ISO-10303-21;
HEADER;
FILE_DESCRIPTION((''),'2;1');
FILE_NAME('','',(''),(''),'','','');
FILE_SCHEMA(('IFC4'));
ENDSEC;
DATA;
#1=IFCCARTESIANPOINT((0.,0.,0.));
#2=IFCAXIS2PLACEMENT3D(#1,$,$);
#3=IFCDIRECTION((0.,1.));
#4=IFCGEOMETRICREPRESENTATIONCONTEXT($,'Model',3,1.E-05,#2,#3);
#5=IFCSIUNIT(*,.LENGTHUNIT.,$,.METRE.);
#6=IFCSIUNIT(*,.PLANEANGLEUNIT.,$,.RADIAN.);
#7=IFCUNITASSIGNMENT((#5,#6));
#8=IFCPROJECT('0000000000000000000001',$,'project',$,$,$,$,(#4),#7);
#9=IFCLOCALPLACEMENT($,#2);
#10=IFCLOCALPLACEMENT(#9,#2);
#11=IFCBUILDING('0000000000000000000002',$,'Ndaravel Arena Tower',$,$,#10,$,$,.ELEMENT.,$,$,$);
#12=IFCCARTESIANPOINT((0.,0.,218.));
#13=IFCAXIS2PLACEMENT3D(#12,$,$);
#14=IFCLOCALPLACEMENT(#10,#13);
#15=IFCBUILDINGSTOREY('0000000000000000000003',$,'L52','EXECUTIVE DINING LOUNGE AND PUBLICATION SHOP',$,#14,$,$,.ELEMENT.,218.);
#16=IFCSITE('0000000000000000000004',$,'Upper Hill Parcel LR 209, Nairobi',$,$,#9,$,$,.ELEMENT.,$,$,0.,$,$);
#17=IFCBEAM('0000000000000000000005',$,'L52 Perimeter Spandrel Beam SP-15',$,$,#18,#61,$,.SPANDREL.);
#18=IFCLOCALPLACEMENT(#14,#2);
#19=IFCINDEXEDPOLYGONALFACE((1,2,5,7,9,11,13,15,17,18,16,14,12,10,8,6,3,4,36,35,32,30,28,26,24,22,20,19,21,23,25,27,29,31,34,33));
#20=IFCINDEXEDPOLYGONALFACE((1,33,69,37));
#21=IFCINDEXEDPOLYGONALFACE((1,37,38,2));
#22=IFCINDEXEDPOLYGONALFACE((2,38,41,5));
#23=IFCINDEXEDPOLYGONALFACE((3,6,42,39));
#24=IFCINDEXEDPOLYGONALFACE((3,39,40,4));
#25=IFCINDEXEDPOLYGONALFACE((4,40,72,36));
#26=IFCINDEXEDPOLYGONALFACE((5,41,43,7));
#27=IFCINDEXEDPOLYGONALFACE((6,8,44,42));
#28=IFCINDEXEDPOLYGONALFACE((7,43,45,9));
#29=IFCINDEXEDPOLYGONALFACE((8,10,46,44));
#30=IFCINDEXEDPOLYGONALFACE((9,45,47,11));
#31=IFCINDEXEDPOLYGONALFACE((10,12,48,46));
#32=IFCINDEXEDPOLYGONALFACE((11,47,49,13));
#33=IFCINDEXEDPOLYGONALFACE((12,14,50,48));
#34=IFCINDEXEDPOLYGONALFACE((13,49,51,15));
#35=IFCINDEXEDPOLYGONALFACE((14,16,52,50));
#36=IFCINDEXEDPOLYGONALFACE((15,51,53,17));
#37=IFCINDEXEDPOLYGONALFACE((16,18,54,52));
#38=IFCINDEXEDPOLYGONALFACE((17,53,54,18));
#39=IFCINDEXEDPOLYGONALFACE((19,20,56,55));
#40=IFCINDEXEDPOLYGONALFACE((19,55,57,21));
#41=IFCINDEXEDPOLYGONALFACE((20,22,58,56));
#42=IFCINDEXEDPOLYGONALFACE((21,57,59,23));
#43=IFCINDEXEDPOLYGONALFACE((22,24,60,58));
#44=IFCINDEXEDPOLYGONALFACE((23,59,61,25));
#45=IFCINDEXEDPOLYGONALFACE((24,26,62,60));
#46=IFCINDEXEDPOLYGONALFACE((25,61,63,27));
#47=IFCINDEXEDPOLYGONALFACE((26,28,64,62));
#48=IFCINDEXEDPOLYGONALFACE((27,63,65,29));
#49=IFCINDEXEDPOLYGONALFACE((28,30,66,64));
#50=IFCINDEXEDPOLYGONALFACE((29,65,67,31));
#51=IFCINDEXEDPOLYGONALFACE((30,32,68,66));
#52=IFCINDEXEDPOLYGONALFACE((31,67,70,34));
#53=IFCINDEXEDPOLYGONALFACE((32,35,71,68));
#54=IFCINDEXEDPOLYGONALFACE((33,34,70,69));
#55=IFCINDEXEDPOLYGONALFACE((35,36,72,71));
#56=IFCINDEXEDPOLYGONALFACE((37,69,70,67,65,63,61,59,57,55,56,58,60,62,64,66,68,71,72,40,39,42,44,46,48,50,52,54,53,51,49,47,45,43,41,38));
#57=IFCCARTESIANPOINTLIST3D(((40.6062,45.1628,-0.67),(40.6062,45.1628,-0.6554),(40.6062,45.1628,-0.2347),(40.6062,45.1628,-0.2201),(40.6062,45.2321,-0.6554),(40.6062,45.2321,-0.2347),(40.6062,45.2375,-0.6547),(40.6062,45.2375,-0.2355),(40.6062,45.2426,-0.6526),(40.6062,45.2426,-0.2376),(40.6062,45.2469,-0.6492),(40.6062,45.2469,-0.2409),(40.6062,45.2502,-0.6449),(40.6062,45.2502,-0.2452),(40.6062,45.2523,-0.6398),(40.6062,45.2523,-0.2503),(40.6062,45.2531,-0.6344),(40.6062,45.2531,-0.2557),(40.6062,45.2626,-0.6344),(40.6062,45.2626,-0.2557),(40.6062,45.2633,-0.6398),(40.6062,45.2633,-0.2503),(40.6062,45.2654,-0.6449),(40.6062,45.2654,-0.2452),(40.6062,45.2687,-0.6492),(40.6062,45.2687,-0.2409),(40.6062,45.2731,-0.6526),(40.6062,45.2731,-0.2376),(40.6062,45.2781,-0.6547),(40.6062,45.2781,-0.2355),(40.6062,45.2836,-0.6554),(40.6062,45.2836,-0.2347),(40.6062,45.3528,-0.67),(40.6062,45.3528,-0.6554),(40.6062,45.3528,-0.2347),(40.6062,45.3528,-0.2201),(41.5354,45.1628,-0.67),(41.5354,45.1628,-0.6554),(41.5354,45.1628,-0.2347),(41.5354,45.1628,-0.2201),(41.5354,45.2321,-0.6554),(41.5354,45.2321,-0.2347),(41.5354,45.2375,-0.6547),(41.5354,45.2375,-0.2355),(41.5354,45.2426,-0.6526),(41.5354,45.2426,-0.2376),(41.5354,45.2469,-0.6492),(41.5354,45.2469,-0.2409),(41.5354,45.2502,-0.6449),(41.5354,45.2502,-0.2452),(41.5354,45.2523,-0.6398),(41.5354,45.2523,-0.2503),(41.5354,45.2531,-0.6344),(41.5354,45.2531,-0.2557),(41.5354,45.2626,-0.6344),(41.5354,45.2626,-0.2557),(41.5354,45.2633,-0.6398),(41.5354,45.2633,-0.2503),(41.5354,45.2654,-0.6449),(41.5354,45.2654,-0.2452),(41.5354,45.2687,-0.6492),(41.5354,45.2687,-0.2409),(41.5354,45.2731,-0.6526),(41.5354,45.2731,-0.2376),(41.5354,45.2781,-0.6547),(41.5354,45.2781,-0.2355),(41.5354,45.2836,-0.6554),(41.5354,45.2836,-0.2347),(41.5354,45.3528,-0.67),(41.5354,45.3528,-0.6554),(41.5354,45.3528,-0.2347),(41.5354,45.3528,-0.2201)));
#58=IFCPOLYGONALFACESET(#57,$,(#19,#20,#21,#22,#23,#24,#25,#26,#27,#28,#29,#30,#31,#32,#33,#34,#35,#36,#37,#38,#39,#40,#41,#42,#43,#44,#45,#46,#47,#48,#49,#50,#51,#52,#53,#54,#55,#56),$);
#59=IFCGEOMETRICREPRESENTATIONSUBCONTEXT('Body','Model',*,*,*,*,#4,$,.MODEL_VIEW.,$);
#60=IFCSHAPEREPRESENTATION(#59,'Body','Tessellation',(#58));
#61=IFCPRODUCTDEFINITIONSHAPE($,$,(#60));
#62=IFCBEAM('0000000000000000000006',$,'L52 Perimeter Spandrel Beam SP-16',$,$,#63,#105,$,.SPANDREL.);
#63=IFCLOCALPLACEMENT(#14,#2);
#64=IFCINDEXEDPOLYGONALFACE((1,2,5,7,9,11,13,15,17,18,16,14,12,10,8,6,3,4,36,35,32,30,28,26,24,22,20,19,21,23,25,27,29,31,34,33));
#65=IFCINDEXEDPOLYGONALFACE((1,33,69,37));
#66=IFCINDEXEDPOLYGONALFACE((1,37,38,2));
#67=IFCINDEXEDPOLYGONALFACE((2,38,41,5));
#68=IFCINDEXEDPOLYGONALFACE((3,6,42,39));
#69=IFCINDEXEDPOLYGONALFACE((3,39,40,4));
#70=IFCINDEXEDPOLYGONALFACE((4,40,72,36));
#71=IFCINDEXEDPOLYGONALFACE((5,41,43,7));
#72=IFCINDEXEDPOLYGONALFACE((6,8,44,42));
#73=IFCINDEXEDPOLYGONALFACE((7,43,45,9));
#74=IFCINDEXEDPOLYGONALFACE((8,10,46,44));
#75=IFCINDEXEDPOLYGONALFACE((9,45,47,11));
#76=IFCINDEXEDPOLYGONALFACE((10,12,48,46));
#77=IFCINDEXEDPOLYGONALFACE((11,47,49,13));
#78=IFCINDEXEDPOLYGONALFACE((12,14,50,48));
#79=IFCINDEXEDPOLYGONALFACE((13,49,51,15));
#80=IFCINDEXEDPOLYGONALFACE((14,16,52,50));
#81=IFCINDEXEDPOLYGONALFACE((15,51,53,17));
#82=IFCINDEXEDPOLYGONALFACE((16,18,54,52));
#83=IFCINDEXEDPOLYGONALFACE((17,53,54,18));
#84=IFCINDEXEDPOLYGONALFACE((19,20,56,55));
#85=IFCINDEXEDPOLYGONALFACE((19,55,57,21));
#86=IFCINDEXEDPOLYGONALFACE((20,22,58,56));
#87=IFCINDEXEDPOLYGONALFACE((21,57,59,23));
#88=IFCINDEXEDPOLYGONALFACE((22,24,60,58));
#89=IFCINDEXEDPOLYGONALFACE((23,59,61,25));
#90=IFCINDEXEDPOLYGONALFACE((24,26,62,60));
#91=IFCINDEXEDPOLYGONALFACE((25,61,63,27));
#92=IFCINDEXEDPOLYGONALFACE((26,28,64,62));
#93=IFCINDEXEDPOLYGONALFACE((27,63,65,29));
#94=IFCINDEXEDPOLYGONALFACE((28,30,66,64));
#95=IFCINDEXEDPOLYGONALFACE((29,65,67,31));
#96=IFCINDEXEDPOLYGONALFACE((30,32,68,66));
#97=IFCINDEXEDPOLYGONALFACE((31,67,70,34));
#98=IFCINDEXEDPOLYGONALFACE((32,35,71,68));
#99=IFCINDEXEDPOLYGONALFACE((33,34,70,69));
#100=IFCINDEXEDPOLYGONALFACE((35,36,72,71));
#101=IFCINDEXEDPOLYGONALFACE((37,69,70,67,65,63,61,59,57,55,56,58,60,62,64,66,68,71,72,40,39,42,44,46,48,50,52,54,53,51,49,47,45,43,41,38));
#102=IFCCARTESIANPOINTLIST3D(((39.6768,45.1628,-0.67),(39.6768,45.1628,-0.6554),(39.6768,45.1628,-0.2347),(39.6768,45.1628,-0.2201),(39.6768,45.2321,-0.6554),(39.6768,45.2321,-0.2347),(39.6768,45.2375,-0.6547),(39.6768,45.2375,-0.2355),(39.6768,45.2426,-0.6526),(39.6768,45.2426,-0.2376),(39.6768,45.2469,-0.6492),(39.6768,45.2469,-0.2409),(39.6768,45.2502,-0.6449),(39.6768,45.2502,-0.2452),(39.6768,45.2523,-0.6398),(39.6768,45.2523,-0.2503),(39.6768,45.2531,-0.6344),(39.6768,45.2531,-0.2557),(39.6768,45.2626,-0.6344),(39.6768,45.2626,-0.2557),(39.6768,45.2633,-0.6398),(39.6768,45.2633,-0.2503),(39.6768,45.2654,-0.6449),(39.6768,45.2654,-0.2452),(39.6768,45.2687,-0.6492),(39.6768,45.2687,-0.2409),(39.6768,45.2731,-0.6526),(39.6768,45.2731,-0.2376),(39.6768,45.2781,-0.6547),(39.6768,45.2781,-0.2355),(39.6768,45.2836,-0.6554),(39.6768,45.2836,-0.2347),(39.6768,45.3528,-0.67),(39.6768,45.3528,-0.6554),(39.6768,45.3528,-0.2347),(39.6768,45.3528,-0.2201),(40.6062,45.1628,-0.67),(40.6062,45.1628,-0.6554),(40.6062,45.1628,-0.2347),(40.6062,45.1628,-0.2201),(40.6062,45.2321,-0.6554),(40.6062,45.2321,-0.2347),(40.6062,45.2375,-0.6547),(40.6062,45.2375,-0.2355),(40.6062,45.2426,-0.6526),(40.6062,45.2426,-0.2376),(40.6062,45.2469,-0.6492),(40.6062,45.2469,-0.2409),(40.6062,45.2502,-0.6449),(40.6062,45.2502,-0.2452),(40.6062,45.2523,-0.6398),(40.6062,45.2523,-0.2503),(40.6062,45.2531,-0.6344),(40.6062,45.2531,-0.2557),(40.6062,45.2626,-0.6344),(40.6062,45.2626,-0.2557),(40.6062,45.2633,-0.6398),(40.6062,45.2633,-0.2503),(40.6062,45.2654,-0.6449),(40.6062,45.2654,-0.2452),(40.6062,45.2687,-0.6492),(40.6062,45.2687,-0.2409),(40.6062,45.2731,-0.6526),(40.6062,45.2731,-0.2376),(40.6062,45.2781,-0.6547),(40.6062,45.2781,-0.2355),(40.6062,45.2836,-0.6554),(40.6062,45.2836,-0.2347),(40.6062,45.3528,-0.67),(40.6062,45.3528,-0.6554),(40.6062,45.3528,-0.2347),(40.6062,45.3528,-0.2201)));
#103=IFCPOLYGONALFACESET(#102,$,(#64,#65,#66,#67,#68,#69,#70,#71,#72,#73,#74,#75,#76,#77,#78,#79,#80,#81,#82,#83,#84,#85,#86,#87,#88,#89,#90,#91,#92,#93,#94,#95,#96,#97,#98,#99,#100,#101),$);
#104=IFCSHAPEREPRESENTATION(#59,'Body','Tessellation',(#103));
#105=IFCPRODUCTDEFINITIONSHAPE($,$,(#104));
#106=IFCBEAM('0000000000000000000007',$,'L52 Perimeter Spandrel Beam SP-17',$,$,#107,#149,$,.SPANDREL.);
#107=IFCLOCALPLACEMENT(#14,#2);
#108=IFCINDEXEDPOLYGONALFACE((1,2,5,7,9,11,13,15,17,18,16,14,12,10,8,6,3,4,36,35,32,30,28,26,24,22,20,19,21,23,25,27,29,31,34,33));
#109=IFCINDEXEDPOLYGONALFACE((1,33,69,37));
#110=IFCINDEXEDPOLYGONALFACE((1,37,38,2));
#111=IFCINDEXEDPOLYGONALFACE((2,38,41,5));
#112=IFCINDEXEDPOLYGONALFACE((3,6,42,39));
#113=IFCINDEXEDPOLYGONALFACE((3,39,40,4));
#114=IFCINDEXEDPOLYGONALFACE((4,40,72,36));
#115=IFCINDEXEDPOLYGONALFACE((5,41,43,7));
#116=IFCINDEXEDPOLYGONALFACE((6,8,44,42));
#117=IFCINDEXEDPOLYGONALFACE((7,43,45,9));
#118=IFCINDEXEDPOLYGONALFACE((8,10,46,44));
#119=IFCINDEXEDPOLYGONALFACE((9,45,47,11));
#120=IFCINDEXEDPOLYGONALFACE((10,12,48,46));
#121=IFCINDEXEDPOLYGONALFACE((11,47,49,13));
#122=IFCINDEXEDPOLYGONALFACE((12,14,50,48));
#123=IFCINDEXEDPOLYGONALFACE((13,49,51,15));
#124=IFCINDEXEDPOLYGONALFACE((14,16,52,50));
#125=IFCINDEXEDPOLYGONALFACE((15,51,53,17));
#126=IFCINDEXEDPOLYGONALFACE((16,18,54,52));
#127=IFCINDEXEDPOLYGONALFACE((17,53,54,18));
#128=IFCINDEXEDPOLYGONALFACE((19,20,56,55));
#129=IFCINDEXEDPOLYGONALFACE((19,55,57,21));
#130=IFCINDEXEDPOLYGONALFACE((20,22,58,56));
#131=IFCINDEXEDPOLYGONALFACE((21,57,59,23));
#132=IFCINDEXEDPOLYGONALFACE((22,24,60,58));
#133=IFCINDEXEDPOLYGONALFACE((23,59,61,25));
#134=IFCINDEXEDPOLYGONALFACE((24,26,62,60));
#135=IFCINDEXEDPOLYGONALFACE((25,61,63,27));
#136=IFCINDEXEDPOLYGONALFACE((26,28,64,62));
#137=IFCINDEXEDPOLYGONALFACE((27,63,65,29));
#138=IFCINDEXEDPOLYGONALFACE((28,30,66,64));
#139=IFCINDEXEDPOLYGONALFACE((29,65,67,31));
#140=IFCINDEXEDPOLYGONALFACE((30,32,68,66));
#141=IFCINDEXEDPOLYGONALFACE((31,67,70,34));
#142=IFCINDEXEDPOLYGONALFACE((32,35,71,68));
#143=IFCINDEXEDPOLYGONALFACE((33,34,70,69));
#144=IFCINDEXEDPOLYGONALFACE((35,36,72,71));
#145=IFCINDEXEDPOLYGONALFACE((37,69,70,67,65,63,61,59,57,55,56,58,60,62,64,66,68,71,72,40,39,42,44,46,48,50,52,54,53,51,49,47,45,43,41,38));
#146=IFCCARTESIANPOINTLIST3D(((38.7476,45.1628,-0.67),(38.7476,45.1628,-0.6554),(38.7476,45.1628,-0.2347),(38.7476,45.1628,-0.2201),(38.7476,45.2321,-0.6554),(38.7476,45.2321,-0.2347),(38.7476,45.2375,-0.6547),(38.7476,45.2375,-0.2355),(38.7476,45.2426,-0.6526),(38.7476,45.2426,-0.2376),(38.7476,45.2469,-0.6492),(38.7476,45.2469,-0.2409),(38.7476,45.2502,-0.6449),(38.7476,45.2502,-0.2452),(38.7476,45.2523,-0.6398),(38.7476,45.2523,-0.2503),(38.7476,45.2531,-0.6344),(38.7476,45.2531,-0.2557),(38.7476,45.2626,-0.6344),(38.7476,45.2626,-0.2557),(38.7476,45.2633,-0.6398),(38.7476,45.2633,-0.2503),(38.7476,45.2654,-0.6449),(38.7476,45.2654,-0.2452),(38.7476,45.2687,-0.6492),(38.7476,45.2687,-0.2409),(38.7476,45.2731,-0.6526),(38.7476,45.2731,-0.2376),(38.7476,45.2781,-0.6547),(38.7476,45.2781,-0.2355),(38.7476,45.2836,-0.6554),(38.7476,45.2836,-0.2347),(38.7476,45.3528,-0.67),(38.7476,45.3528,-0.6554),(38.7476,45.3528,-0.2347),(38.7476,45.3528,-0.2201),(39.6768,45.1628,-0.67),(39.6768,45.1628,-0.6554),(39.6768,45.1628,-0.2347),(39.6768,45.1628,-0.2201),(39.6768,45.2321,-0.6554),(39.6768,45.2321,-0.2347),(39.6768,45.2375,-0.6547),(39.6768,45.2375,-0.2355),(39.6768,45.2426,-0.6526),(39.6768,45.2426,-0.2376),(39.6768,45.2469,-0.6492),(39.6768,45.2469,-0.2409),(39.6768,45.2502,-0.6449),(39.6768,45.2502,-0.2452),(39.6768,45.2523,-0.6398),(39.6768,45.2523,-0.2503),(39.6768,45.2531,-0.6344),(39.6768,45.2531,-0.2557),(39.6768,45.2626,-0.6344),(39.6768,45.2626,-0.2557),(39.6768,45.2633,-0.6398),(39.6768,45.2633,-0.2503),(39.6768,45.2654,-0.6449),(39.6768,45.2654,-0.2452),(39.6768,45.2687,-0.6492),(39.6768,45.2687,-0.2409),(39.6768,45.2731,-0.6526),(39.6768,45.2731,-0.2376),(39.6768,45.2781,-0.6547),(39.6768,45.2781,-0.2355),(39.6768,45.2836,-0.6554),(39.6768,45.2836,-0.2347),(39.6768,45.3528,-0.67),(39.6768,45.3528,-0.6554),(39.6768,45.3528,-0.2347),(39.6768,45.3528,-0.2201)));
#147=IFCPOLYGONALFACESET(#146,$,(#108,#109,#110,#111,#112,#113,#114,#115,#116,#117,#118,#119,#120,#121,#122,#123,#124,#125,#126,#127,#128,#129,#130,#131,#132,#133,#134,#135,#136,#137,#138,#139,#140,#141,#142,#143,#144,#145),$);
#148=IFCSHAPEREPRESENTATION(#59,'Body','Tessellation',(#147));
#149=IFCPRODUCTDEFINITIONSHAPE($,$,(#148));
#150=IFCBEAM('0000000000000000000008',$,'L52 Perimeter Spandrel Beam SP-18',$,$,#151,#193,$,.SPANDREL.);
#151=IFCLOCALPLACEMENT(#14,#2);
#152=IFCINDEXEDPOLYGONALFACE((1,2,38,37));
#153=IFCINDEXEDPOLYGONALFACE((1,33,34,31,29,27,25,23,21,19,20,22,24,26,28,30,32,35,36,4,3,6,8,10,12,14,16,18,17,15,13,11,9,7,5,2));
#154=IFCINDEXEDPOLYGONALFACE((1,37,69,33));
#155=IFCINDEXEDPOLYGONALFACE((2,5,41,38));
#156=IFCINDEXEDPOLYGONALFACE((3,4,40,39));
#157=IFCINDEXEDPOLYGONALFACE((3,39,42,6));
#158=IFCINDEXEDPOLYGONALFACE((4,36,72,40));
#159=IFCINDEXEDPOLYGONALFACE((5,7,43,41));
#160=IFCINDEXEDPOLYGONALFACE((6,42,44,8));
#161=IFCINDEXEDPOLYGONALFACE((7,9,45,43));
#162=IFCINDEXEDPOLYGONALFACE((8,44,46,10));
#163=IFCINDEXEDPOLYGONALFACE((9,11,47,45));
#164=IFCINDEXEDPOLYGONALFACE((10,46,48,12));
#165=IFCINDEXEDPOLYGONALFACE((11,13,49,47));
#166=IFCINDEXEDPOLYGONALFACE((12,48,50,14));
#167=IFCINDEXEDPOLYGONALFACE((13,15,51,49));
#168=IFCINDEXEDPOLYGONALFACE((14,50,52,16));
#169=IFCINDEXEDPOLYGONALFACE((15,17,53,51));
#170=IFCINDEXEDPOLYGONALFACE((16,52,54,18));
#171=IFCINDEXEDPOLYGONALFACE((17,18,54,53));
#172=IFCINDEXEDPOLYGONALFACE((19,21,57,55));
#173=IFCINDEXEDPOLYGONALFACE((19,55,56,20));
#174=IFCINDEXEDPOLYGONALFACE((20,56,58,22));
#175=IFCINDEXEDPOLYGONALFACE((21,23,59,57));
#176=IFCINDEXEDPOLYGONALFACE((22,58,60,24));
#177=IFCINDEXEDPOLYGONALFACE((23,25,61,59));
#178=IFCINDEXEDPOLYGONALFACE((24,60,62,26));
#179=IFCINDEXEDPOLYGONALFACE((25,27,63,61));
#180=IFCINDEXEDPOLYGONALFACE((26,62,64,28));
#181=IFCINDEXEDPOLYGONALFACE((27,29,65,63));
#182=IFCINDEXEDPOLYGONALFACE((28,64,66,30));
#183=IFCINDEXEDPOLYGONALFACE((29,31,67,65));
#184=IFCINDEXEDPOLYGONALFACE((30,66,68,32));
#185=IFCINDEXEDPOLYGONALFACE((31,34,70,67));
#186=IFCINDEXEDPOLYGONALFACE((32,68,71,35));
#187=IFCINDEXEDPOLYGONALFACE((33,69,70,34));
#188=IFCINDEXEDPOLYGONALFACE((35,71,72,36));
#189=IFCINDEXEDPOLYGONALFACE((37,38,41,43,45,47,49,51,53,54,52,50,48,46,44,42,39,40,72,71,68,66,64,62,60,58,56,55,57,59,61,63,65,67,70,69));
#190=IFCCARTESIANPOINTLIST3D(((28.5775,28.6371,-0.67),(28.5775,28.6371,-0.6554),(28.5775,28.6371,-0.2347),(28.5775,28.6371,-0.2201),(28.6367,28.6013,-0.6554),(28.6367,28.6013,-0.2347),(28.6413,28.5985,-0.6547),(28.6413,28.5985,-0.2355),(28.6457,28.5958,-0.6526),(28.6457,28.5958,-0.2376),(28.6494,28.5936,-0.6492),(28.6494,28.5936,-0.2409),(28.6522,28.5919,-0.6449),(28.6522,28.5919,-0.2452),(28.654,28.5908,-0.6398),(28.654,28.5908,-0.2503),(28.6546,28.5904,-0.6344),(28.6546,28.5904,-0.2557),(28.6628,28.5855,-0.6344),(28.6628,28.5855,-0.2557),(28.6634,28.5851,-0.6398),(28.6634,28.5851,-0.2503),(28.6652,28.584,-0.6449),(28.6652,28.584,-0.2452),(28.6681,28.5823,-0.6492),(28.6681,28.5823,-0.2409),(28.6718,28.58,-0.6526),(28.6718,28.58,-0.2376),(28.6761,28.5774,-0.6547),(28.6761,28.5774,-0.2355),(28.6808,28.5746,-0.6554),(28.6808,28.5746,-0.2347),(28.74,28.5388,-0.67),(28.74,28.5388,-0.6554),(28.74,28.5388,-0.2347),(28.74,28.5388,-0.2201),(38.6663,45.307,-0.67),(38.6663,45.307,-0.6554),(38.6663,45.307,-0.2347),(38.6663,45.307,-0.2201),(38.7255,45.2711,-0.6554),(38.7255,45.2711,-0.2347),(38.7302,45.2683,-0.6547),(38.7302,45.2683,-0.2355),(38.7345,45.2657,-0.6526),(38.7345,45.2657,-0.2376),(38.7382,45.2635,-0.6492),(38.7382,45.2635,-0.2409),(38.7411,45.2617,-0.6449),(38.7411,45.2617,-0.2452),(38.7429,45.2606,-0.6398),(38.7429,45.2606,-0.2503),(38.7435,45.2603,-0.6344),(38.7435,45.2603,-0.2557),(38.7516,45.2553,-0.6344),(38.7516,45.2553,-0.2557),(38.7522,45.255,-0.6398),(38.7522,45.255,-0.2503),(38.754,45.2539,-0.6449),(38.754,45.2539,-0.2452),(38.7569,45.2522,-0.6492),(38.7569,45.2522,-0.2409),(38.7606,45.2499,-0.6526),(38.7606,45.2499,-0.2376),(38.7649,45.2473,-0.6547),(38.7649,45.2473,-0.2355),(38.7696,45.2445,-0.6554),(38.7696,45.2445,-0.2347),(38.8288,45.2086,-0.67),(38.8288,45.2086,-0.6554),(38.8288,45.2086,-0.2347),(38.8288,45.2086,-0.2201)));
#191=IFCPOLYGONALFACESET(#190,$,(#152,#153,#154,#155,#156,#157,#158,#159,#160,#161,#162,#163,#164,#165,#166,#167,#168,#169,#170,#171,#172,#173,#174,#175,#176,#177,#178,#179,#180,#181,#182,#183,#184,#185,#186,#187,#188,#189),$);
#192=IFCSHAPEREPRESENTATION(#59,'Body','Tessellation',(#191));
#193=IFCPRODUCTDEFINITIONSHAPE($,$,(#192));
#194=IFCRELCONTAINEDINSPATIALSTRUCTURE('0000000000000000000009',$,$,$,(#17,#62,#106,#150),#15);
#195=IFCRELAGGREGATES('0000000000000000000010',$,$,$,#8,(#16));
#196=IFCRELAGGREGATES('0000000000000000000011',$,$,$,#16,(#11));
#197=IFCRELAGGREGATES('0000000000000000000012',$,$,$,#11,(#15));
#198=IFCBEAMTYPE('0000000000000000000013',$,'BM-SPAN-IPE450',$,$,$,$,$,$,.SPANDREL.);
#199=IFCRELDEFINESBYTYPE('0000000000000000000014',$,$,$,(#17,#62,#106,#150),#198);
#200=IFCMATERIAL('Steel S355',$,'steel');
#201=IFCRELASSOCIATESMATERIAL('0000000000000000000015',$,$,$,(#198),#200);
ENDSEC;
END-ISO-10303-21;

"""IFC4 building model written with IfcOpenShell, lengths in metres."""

from ifc_helpers import new_model, si_unit, direction, frame, origin, origin_2d, place, context, subcontext, project, spatial, i_section, extrude, material, material_profile, profile_set, type_object, element, save


model = new_model("IFC4")

# Units and contexts
model_context = context("Model", 3, precision=1e-05, world=origin(), true_north=direction((0.0, 1.0)))
body_context = subcontext(model_context, "Body", "Model", "MODEL_VIEW")
ifc_project = project(units=[si_unit("LENGTHUNIT", "METRE"), si_unit("PLANEANGLEUNIT", "RADIAN")], contexts=[model_context])

# Site, building, storey
site_placement = place(None, origin())
site = spatial("IfcSite", under=ifc_project, at=site_placement, Name="Upper Hill Parcel LR 209, Nairobi", CompositionType="ELEMENT", RefElevation=0.0)
building_placement = place(site_placement, origin())
building = spatial("IfcBuilding", under=site, at=building_placement, Name="Ndaravel Arena Tower", CompositionType="ELEMENT")
storey_placement = place(building_placement, frame((0.0, 0.0, 218.0)))
storey = spatial("IfcBuildingStorey", under=building, at=storey_placement, Name="L52", Description="EXECUTIVE DINING LOUNGE AND PUBLICATION SHOP", CompositionType="ELEMENT", Elevation=218.0)

# Beams
ifc_material_1 = material(Name="Steel S355", Category="steel")
ifc_material_profile_1 = material_profile(ifc_material_1, i_section(OverallWidth=0.1899, OverallDepth=0.45, WebThickness=0.0095, FlangeThickness=0.0146, FilletRadius=0.021, at=origin_2d()), Name="IPE 450")
ifc_profile_set_1 = profile_set([ifc_material_profile_1], Name="Steel S355")
beam_type_1 = type_object("IfcBeamType", Name="BM-SPAN-IPE450", PredefinedType="SPANDREL", material=ifc_profile_set_1)
beam_1_placement = place(storey_placement, frame((41.5354, 45.2578, -0.4451), z_axis=(-1.0, 0.0, 0.0), x_axis=(0.0, -1.0, 0.0)))
element("IfcBeam", 1, at=beam_1_placement, inside=storey, type_object=beam_type_1, Name="L52 Perimeter Spandrel Beam SP-15", PredefinedType="SPANDREL", context=body_context, shape_type="SweptSolid", body=[
    extrude(i_section(OverallWidth=0.1899, OverallDepth=0.45, WebThickness=0.0095, FlangeThickness=0.0146, FilletRadius=0.021, at=origin_2d()), origin(), (0.0, 0.0, 1.0), 0.9292),
])
beam_2_placement = place(storey_placement, frame((40.6062, 45.2578, -0.4451), z_axis=(-1.0, 0.0, 0.0), x_axis=(0.0, -1.0, 0.0)))
element("IfcBeam", 2, at=beam_2_placement, inside=storey, type_object=beam_type_1, Name="L52 Perimeter Spandrel Beam SP-16", PredefinedType="SPANDREL", context=body_context, shape_type="SweptSolid", body=[
    extrude(i_section(OverallWidth=0.1899, OverallDepth=0.45, WebThickness=0.0095, FlangeThickness=0.0146, FilletRadius=0.021, at=origin_2d()), origin(), (0.0, 0.0, 1.0), 0.9294),
])
beam_3_placement = place(storey_placement, frame((39.6768, 45.2578, -0.4451), z_axis=(-1.0, 0.0, 0.0), x_axis=(0.0, -1.0, 0.0)))
element("IfcBeam", 3, at=beam_3_placement, inside=storey, type_object=beam_type_1, Name="L52 Perimeter Spandrel Beam SP-17", PredefinedType="SPANDREL", context=body_context, shape_type="SweptSolid", body=[
    extrude(i_section(OverallWidth=0.1899, OverallDepth=0.45, WebThickness=0.0095, FlangeThickness=0.0146, FilletRadius=0.021, at=origin_2d()), origin(), (0.0, 0.0, 1.0), 0.9292),
])
for number, where, z_axis, x_axis, name in (
    (4, (38.7476, 45.2578, -0.4451), (-0.517772, -0.855519, 0.0), (0.855519, -0.517772, 0.0), "L52 Perimeter Spandrel Beam SP-18"),
):
    element("IfcBeam", number, at=place(storey_placement, frame(where, z_axis=z_axis, x_axis=x_axis)), inside=storey, type_object=beam_type_1, Name=name, PredefinedType="SPANDREL", context=body_context, shape_type="SweptSolid", body=[
        extrude(i_section(OverallWidth=0.1899, OverallDepth=0.45, WebThickness=0.0095, FlangeThickness=0.0146, FilletRadius=0.021, at=origin_2d()), origin(), (0.0, 0.0, 1.0), 19.4851),
    ])

save(model, "model.ifc")
